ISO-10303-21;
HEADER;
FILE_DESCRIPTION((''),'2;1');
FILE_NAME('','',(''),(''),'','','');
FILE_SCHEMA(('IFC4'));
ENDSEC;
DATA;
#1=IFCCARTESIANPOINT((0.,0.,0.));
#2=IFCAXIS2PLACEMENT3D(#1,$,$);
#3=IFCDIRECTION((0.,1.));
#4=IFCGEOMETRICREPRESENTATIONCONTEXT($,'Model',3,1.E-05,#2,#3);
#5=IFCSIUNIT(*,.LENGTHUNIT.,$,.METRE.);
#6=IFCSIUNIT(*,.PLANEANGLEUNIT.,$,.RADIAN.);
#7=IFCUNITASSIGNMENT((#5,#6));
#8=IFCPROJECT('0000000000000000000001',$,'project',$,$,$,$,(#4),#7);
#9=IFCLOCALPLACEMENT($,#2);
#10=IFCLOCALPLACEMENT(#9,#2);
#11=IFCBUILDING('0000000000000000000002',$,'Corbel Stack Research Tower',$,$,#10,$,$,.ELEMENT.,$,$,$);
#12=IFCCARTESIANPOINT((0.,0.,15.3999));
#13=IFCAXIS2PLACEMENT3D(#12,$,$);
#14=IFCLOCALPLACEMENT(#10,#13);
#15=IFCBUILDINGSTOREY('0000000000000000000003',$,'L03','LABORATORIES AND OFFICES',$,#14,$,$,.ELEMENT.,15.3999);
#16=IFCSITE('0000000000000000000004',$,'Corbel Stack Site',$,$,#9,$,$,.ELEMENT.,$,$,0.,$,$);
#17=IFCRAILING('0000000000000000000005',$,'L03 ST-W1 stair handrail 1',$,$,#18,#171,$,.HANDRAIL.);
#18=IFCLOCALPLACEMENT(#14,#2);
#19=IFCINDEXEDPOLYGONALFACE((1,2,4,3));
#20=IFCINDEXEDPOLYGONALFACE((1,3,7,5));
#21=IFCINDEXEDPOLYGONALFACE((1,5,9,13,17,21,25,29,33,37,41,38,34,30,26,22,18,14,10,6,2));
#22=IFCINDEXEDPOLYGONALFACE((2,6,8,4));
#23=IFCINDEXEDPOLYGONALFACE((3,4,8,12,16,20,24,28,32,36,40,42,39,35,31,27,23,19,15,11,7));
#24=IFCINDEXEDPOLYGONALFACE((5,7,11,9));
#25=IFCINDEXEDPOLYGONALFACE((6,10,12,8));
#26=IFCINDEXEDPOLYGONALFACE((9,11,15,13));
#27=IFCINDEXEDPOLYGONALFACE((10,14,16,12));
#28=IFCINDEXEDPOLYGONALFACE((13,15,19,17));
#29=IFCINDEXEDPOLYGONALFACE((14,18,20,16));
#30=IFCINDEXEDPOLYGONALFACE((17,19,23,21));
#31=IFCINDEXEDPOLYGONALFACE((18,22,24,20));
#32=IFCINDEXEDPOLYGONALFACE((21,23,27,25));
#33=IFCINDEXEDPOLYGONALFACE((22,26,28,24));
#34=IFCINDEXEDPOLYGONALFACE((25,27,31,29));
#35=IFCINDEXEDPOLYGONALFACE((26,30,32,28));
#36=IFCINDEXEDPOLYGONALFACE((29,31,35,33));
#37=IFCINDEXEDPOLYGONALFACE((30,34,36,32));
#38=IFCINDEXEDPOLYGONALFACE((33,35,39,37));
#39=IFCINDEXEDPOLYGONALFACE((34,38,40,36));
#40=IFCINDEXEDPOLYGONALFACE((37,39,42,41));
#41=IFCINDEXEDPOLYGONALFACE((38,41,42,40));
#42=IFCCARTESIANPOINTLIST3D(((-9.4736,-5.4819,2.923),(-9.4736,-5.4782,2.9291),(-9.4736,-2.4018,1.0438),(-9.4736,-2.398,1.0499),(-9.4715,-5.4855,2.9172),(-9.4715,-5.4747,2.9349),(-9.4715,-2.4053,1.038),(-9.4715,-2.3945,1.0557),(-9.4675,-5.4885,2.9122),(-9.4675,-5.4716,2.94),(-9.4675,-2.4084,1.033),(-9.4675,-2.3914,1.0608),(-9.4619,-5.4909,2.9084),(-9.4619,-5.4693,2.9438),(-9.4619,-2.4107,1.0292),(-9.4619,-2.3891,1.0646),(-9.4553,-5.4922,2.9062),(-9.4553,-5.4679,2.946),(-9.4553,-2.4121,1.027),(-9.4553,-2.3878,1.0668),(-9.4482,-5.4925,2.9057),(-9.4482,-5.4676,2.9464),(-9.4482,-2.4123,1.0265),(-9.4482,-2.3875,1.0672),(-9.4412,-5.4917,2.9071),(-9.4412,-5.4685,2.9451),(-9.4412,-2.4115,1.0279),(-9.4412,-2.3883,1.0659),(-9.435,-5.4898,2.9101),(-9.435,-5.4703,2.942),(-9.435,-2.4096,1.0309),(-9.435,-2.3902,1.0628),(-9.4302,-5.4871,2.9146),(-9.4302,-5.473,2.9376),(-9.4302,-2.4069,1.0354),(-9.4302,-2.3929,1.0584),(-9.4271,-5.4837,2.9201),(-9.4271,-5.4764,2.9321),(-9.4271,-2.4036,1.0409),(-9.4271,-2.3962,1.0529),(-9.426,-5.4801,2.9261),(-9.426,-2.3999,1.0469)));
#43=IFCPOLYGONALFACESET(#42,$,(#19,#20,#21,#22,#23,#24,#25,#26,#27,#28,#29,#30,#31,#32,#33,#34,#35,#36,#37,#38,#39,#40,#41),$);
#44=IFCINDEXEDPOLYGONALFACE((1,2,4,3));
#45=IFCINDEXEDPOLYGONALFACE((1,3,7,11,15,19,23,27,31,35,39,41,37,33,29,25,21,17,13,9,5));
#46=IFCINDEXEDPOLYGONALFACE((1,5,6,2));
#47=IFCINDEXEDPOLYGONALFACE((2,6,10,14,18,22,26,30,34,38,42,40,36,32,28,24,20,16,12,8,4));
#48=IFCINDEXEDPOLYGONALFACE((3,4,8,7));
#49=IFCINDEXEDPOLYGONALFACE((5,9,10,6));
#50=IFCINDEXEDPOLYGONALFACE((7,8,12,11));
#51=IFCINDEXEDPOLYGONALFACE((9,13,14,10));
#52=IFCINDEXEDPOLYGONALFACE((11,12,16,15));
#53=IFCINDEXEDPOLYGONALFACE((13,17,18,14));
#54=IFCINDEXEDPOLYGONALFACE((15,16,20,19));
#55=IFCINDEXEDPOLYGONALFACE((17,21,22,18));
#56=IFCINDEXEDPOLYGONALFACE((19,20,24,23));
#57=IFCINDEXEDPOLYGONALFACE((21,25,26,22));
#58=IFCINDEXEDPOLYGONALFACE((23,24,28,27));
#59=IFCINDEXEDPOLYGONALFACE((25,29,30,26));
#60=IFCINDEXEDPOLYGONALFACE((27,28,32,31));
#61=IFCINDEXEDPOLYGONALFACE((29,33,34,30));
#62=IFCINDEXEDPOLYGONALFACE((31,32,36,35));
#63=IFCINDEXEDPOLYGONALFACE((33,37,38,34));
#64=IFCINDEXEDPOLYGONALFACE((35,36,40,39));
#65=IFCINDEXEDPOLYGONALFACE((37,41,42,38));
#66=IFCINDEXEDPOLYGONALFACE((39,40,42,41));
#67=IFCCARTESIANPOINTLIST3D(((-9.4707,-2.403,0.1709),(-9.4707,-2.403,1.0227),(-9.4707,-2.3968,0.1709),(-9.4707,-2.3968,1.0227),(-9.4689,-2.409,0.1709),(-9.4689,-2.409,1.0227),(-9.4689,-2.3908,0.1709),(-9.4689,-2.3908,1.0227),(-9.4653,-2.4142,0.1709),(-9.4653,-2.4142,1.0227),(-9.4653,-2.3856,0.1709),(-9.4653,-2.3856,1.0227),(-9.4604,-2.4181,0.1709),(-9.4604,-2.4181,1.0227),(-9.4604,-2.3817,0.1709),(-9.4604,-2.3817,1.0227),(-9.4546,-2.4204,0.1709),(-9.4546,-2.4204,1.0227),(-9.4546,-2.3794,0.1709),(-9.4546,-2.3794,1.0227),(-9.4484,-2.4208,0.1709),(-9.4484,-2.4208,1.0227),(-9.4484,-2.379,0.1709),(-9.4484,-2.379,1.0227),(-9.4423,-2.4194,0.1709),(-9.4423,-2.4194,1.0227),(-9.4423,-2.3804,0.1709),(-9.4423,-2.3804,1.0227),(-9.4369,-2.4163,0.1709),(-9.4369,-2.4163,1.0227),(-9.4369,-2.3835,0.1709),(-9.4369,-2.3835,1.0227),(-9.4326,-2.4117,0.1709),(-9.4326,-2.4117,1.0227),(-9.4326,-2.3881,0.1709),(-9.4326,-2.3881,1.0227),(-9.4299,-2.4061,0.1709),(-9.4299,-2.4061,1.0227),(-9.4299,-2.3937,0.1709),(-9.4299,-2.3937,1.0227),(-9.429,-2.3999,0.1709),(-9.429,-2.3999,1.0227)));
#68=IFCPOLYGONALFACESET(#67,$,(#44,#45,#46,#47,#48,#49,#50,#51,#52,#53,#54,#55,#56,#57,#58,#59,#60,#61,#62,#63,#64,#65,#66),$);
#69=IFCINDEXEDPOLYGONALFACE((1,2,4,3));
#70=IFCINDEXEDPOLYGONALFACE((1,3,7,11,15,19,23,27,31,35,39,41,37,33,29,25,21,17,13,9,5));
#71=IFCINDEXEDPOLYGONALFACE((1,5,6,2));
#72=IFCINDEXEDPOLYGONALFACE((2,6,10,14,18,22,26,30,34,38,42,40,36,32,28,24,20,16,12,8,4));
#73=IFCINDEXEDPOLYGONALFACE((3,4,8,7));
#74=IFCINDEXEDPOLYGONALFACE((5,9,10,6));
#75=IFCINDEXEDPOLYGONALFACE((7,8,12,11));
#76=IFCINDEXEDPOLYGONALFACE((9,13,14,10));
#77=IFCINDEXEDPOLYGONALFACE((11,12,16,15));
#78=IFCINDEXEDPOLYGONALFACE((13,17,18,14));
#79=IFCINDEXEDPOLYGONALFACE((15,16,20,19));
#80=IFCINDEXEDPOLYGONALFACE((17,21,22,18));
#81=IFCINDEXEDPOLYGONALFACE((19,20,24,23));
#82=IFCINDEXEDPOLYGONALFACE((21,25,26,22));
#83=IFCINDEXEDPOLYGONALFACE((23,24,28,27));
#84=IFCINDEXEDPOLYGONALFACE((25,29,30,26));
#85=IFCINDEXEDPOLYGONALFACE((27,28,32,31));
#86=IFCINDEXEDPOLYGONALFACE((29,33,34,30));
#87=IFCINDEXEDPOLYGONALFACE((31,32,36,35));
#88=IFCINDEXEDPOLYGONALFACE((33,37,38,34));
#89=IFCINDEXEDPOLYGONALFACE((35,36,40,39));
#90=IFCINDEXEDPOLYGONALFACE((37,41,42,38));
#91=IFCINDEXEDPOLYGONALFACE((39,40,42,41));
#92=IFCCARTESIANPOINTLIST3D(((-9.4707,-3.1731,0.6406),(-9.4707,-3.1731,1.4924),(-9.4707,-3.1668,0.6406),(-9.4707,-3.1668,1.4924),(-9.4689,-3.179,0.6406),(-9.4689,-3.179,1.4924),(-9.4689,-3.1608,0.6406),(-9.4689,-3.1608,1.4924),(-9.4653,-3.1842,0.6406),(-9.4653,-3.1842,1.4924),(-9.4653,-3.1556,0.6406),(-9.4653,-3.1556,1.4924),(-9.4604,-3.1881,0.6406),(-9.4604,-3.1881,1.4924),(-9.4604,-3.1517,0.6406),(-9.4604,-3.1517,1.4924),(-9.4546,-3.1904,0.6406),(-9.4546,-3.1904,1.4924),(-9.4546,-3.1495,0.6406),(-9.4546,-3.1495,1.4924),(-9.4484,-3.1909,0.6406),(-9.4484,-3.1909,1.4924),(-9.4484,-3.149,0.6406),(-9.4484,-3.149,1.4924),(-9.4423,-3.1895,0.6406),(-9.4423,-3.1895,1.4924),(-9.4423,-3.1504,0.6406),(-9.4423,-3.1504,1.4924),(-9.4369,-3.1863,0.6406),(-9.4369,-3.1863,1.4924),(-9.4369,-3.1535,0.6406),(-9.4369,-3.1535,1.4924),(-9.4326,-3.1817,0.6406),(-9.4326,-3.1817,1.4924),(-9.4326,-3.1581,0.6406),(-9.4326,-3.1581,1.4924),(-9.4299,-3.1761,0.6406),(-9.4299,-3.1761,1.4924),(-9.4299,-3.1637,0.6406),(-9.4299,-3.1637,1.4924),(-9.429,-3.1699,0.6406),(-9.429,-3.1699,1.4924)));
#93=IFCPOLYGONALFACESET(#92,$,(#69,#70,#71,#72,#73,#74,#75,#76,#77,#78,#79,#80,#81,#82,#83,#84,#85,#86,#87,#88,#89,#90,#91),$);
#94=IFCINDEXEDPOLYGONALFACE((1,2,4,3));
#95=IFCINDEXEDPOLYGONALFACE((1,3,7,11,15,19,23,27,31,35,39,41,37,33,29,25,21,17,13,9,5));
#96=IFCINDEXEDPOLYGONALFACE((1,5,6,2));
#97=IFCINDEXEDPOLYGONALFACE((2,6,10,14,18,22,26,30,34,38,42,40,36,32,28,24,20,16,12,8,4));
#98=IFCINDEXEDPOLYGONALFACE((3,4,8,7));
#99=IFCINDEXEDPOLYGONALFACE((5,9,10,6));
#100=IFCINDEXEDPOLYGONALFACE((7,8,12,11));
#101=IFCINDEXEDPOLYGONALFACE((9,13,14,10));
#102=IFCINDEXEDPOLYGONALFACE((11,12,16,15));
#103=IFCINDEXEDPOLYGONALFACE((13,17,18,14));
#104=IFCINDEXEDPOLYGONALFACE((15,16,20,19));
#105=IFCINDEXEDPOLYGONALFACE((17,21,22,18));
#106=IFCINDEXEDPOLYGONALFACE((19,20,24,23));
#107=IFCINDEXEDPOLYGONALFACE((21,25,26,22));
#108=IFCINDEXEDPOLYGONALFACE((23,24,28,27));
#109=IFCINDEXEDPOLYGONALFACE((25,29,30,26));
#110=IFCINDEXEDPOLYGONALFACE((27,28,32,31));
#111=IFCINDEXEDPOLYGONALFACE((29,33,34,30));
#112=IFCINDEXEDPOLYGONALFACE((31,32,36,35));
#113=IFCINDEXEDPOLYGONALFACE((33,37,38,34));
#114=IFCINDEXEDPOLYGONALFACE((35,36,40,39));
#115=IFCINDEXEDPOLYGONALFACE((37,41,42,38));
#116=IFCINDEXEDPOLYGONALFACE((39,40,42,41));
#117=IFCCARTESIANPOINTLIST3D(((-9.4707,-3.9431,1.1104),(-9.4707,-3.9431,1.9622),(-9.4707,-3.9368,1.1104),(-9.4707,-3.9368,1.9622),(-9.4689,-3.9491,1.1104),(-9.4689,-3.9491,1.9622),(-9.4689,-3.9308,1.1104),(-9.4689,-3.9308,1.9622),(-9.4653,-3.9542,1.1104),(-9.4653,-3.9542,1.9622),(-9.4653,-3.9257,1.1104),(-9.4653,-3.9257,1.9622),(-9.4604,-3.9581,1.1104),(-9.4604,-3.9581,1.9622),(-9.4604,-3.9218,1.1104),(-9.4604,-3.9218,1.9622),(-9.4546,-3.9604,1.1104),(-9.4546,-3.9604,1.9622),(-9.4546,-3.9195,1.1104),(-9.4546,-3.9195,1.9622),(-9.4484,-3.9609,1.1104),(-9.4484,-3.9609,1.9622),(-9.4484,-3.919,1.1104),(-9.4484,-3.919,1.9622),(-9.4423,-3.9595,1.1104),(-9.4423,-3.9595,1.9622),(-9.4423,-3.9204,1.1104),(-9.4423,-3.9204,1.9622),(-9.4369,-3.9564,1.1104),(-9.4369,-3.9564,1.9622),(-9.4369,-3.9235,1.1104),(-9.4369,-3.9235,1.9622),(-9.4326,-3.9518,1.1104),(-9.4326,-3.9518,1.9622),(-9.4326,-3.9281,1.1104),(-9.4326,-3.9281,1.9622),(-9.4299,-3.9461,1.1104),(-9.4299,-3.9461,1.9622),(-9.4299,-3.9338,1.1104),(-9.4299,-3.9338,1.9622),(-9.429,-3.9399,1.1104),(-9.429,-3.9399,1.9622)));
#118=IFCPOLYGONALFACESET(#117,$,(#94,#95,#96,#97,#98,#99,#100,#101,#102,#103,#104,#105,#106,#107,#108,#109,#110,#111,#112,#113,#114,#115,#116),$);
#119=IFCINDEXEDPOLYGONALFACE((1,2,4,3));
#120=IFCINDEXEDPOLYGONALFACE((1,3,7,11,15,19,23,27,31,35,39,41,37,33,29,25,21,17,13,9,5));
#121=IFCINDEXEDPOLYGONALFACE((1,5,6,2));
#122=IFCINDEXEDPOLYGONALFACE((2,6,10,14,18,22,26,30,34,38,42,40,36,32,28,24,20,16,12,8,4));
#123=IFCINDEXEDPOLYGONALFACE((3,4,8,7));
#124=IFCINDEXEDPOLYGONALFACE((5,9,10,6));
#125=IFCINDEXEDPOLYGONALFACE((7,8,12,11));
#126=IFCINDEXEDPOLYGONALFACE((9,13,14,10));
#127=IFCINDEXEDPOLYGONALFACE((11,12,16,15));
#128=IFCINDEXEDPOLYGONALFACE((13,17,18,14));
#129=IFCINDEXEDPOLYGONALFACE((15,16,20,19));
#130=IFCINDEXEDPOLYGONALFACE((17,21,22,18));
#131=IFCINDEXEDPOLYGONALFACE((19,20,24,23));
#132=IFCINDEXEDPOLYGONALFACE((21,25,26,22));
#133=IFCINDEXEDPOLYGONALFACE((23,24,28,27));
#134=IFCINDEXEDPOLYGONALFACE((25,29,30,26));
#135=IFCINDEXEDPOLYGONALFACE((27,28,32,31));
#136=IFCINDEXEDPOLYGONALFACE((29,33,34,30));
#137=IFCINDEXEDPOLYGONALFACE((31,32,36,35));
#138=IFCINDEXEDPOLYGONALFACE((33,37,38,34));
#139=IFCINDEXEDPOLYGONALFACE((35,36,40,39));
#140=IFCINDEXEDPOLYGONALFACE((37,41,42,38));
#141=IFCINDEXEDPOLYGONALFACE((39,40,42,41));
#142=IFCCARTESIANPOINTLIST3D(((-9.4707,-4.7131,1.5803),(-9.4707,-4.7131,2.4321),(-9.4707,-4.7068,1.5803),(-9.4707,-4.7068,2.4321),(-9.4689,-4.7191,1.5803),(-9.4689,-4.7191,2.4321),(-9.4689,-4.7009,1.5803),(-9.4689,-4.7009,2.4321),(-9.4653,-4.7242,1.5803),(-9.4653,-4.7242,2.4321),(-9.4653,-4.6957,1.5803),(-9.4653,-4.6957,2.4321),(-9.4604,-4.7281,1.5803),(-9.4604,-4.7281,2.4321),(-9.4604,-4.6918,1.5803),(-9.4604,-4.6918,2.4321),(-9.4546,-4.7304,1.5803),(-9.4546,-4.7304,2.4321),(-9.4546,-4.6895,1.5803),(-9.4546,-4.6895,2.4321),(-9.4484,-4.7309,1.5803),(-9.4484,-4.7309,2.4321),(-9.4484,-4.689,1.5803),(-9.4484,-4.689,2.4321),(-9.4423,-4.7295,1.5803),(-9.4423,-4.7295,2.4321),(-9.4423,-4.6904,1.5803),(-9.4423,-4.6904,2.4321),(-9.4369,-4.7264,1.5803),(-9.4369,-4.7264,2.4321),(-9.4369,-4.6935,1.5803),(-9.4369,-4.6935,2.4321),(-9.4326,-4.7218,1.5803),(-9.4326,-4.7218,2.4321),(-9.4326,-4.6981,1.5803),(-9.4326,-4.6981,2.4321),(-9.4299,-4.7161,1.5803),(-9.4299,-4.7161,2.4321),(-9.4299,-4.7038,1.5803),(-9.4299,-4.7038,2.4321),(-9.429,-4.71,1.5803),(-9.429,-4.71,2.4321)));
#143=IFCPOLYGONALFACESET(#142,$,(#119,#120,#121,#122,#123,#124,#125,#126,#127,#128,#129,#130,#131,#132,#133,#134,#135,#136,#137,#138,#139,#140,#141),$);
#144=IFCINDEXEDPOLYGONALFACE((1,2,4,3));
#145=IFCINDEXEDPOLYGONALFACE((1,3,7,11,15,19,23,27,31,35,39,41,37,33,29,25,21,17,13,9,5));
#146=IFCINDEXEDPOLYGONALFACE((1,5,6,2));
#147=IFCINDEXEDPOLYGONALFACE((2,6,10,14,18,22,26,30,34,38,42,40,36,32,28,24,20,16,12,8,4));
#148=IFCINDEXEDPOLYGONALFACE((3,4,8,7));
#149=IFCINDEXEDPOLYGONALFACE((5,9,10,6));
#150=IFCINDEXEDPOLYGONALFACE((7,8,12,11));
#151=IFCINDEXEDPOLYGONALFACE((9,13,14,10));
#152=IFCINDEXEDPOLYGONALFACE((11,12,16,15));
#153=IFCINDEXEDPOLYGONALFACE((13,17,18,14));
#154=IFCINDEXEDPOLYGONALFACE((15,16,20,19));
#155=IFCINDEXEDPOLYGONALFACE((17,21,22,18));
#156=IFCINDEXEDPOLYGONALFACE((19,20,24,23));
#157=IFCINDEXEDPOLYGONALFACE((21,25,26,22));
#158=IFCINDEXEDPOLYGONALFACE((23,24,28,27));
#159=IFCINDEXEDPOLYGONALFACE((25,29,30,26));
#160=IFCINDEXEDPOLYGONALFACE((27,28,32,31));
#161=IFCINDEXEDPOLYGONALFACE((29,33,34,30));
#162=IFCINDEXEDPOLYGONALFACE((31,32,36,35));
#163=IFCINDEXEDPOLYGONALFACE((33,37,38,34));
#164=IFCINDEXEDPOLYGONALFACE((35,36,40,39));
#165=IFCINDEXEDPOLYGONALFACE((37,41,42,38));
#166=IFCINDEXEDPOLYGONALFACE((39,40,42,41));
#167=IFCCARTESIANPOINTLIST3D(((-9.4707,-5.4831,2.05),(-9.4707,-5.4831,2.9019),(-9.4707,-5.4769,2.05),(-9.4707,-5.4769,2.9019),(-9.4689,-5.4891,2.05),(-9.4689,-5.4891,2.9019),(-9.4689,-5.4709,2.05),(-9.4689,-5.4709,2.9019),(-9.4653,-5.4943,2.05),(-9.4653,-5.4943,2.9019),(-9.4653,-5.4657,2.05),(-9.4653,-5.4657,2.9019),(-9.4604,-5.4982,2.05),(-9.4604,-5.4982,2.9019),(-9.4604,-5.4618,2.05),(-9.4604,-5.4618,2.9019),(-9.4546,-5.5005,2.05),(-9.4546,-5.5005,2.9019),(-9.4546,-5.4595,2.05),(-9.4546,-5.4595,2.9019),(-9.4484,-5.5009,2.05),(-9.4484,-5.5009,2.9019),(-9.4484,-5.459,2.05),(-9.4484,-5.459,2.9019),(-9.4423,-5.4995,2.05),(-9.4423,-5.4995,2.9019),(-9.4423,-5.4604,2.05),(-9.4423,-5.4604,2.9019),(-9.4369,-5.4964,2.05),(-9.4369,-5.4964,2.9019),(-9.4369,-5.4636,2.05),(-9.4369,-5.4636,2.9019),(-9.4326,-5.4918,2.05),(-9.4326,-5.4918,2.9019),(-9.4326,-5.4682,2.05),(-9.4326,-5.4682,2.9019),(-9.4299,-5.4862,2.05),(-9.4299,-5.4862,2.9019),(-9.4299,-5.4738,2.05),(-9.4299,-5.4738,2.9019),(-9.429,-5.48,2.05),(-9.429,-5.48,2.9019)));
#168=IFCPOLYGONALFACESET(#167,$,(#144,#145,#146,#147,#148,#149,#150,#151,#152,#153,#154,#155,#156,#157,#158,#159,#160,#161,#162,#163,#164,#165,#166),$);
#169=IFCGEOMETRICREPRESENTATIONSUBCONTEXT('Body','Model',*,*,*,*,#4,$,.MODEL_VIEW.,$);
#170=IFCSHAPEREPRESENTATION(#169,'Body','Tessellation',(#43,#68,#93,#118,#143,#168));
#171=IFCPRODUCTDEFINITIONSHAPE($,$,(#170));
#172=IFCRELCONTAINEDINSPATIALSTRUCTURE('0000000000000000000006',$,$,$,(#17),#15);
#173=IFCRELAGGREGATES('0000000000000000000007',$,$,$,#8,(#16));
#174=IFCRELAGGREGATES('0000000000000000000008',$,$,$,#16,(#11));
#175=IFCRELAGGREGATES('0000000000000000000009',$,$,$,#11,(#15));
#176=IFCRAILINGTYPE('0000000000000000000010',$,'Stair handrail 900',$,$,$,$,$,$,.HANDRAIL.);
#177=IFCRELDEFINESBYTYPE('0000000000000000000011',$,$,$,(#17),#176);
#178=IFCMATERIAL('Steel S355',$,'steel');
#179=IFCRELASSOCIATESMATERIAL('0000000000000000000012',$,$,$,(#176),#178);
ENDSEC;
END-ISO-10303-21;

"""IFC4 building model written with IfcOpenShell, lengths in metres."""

from ifc_helpers import new_model, si_unit, direction, frame, origin, origin_2d, place, context, subcontext, project, spatial, circle, extrude, material, type_object, element, save


model = new_model("IFC4")

# Units and contexts
model_context = context("Model", 3, precision=1e-05, world=origin(), true_north=direction((0.0, 1.0)))
body_context = subcontext(model_context, "Body", "Model", "MODEL_VIEW")
ifc_project = project(units=[si_unit("LENGTHUNIT", "METRE"), si_unit("PLANEANGLEUNIT", "RADIAN")], contexts=[model_context])

# Site, building, storey
site_placement = place(None, origin())
site = spatial("IfcSite", under=ifc_project, at=site_placement, Name="Corbel Stack Site", CompositionType="ELEMENT", RefElevation=0.0)
building_placement = place(site_placement, origin())
building = spatial("IfcBuilding", under=site, at=building_placement, Name="Corbel Stack Research Tower", CompositionType="ELEMENT")
storey_placement = place(building_placement, frame((0.0, 0.0, 15.3999)))
storey = spatial("IfcBuildingStorey", under=building, at=storey_placement, Name="L03", Description="LABORATORIES AND OFFICES", CompositionType="ELEMENT", Elevation=15.3999)

# Railing
ifc_material_1 = material(Name="Steel S355", Category="steel")
railing_type_1 = type_object("IfcRailingType", Name="Stair handrail 900", PredefinedType="HANDRAIL", material=ifc_material_1)
railing_1_placement = place(storey_placement, frame((-9.45, -2.3999, 0.1709)))
element("IfcRailing", 1, at=railing_1_placement, inside=storey, type_object=railing_type_1, Name="L03 ST-W1 stair handrail 1", PredefinedType="HANDRAIL", context=body_context, shape_type="SweptSolid", body=[
    extrude(circle(Radius=0.0239, at=origin_2d()), frame((0.0, 0.0, 0.876), z_axis=(0.0, -0.853666, 0.52082), x_axis=(1.0, 0.0, 0.0)), (0.0, 0.0, 1.0), 3.6082),
    extrude(circle(Radius=0.021, at=origin_2d()), origin(), (0.0, 0.0, 1.0), 0.8518),
    extrude(circle(Radius=0.021, at=origin_2d()), frame((0.0, -0.77, 0.4697)), (0.0, 0.0, 1.0), 0.8518),
    extrude(circle(Radius=0.021, at=origin_2d()), frame((0.0, -1.54, 0.9395)), (0.0, 0.0, 1.0), 0.8518),
    extrude(circle(Radius=0.021, at=origin_2d()), frame((0.0, -2.3101, 1.4094)), (0.0, 0.0, 1.0), 0.8518),
    extrude(circle(Radius=0.021, at=origin_2d()), frame((0.0, -3.0801, 1.8792)), (0.0, 0.0, 1.0), 0.8518),
])

save(model, "model.ifc")
